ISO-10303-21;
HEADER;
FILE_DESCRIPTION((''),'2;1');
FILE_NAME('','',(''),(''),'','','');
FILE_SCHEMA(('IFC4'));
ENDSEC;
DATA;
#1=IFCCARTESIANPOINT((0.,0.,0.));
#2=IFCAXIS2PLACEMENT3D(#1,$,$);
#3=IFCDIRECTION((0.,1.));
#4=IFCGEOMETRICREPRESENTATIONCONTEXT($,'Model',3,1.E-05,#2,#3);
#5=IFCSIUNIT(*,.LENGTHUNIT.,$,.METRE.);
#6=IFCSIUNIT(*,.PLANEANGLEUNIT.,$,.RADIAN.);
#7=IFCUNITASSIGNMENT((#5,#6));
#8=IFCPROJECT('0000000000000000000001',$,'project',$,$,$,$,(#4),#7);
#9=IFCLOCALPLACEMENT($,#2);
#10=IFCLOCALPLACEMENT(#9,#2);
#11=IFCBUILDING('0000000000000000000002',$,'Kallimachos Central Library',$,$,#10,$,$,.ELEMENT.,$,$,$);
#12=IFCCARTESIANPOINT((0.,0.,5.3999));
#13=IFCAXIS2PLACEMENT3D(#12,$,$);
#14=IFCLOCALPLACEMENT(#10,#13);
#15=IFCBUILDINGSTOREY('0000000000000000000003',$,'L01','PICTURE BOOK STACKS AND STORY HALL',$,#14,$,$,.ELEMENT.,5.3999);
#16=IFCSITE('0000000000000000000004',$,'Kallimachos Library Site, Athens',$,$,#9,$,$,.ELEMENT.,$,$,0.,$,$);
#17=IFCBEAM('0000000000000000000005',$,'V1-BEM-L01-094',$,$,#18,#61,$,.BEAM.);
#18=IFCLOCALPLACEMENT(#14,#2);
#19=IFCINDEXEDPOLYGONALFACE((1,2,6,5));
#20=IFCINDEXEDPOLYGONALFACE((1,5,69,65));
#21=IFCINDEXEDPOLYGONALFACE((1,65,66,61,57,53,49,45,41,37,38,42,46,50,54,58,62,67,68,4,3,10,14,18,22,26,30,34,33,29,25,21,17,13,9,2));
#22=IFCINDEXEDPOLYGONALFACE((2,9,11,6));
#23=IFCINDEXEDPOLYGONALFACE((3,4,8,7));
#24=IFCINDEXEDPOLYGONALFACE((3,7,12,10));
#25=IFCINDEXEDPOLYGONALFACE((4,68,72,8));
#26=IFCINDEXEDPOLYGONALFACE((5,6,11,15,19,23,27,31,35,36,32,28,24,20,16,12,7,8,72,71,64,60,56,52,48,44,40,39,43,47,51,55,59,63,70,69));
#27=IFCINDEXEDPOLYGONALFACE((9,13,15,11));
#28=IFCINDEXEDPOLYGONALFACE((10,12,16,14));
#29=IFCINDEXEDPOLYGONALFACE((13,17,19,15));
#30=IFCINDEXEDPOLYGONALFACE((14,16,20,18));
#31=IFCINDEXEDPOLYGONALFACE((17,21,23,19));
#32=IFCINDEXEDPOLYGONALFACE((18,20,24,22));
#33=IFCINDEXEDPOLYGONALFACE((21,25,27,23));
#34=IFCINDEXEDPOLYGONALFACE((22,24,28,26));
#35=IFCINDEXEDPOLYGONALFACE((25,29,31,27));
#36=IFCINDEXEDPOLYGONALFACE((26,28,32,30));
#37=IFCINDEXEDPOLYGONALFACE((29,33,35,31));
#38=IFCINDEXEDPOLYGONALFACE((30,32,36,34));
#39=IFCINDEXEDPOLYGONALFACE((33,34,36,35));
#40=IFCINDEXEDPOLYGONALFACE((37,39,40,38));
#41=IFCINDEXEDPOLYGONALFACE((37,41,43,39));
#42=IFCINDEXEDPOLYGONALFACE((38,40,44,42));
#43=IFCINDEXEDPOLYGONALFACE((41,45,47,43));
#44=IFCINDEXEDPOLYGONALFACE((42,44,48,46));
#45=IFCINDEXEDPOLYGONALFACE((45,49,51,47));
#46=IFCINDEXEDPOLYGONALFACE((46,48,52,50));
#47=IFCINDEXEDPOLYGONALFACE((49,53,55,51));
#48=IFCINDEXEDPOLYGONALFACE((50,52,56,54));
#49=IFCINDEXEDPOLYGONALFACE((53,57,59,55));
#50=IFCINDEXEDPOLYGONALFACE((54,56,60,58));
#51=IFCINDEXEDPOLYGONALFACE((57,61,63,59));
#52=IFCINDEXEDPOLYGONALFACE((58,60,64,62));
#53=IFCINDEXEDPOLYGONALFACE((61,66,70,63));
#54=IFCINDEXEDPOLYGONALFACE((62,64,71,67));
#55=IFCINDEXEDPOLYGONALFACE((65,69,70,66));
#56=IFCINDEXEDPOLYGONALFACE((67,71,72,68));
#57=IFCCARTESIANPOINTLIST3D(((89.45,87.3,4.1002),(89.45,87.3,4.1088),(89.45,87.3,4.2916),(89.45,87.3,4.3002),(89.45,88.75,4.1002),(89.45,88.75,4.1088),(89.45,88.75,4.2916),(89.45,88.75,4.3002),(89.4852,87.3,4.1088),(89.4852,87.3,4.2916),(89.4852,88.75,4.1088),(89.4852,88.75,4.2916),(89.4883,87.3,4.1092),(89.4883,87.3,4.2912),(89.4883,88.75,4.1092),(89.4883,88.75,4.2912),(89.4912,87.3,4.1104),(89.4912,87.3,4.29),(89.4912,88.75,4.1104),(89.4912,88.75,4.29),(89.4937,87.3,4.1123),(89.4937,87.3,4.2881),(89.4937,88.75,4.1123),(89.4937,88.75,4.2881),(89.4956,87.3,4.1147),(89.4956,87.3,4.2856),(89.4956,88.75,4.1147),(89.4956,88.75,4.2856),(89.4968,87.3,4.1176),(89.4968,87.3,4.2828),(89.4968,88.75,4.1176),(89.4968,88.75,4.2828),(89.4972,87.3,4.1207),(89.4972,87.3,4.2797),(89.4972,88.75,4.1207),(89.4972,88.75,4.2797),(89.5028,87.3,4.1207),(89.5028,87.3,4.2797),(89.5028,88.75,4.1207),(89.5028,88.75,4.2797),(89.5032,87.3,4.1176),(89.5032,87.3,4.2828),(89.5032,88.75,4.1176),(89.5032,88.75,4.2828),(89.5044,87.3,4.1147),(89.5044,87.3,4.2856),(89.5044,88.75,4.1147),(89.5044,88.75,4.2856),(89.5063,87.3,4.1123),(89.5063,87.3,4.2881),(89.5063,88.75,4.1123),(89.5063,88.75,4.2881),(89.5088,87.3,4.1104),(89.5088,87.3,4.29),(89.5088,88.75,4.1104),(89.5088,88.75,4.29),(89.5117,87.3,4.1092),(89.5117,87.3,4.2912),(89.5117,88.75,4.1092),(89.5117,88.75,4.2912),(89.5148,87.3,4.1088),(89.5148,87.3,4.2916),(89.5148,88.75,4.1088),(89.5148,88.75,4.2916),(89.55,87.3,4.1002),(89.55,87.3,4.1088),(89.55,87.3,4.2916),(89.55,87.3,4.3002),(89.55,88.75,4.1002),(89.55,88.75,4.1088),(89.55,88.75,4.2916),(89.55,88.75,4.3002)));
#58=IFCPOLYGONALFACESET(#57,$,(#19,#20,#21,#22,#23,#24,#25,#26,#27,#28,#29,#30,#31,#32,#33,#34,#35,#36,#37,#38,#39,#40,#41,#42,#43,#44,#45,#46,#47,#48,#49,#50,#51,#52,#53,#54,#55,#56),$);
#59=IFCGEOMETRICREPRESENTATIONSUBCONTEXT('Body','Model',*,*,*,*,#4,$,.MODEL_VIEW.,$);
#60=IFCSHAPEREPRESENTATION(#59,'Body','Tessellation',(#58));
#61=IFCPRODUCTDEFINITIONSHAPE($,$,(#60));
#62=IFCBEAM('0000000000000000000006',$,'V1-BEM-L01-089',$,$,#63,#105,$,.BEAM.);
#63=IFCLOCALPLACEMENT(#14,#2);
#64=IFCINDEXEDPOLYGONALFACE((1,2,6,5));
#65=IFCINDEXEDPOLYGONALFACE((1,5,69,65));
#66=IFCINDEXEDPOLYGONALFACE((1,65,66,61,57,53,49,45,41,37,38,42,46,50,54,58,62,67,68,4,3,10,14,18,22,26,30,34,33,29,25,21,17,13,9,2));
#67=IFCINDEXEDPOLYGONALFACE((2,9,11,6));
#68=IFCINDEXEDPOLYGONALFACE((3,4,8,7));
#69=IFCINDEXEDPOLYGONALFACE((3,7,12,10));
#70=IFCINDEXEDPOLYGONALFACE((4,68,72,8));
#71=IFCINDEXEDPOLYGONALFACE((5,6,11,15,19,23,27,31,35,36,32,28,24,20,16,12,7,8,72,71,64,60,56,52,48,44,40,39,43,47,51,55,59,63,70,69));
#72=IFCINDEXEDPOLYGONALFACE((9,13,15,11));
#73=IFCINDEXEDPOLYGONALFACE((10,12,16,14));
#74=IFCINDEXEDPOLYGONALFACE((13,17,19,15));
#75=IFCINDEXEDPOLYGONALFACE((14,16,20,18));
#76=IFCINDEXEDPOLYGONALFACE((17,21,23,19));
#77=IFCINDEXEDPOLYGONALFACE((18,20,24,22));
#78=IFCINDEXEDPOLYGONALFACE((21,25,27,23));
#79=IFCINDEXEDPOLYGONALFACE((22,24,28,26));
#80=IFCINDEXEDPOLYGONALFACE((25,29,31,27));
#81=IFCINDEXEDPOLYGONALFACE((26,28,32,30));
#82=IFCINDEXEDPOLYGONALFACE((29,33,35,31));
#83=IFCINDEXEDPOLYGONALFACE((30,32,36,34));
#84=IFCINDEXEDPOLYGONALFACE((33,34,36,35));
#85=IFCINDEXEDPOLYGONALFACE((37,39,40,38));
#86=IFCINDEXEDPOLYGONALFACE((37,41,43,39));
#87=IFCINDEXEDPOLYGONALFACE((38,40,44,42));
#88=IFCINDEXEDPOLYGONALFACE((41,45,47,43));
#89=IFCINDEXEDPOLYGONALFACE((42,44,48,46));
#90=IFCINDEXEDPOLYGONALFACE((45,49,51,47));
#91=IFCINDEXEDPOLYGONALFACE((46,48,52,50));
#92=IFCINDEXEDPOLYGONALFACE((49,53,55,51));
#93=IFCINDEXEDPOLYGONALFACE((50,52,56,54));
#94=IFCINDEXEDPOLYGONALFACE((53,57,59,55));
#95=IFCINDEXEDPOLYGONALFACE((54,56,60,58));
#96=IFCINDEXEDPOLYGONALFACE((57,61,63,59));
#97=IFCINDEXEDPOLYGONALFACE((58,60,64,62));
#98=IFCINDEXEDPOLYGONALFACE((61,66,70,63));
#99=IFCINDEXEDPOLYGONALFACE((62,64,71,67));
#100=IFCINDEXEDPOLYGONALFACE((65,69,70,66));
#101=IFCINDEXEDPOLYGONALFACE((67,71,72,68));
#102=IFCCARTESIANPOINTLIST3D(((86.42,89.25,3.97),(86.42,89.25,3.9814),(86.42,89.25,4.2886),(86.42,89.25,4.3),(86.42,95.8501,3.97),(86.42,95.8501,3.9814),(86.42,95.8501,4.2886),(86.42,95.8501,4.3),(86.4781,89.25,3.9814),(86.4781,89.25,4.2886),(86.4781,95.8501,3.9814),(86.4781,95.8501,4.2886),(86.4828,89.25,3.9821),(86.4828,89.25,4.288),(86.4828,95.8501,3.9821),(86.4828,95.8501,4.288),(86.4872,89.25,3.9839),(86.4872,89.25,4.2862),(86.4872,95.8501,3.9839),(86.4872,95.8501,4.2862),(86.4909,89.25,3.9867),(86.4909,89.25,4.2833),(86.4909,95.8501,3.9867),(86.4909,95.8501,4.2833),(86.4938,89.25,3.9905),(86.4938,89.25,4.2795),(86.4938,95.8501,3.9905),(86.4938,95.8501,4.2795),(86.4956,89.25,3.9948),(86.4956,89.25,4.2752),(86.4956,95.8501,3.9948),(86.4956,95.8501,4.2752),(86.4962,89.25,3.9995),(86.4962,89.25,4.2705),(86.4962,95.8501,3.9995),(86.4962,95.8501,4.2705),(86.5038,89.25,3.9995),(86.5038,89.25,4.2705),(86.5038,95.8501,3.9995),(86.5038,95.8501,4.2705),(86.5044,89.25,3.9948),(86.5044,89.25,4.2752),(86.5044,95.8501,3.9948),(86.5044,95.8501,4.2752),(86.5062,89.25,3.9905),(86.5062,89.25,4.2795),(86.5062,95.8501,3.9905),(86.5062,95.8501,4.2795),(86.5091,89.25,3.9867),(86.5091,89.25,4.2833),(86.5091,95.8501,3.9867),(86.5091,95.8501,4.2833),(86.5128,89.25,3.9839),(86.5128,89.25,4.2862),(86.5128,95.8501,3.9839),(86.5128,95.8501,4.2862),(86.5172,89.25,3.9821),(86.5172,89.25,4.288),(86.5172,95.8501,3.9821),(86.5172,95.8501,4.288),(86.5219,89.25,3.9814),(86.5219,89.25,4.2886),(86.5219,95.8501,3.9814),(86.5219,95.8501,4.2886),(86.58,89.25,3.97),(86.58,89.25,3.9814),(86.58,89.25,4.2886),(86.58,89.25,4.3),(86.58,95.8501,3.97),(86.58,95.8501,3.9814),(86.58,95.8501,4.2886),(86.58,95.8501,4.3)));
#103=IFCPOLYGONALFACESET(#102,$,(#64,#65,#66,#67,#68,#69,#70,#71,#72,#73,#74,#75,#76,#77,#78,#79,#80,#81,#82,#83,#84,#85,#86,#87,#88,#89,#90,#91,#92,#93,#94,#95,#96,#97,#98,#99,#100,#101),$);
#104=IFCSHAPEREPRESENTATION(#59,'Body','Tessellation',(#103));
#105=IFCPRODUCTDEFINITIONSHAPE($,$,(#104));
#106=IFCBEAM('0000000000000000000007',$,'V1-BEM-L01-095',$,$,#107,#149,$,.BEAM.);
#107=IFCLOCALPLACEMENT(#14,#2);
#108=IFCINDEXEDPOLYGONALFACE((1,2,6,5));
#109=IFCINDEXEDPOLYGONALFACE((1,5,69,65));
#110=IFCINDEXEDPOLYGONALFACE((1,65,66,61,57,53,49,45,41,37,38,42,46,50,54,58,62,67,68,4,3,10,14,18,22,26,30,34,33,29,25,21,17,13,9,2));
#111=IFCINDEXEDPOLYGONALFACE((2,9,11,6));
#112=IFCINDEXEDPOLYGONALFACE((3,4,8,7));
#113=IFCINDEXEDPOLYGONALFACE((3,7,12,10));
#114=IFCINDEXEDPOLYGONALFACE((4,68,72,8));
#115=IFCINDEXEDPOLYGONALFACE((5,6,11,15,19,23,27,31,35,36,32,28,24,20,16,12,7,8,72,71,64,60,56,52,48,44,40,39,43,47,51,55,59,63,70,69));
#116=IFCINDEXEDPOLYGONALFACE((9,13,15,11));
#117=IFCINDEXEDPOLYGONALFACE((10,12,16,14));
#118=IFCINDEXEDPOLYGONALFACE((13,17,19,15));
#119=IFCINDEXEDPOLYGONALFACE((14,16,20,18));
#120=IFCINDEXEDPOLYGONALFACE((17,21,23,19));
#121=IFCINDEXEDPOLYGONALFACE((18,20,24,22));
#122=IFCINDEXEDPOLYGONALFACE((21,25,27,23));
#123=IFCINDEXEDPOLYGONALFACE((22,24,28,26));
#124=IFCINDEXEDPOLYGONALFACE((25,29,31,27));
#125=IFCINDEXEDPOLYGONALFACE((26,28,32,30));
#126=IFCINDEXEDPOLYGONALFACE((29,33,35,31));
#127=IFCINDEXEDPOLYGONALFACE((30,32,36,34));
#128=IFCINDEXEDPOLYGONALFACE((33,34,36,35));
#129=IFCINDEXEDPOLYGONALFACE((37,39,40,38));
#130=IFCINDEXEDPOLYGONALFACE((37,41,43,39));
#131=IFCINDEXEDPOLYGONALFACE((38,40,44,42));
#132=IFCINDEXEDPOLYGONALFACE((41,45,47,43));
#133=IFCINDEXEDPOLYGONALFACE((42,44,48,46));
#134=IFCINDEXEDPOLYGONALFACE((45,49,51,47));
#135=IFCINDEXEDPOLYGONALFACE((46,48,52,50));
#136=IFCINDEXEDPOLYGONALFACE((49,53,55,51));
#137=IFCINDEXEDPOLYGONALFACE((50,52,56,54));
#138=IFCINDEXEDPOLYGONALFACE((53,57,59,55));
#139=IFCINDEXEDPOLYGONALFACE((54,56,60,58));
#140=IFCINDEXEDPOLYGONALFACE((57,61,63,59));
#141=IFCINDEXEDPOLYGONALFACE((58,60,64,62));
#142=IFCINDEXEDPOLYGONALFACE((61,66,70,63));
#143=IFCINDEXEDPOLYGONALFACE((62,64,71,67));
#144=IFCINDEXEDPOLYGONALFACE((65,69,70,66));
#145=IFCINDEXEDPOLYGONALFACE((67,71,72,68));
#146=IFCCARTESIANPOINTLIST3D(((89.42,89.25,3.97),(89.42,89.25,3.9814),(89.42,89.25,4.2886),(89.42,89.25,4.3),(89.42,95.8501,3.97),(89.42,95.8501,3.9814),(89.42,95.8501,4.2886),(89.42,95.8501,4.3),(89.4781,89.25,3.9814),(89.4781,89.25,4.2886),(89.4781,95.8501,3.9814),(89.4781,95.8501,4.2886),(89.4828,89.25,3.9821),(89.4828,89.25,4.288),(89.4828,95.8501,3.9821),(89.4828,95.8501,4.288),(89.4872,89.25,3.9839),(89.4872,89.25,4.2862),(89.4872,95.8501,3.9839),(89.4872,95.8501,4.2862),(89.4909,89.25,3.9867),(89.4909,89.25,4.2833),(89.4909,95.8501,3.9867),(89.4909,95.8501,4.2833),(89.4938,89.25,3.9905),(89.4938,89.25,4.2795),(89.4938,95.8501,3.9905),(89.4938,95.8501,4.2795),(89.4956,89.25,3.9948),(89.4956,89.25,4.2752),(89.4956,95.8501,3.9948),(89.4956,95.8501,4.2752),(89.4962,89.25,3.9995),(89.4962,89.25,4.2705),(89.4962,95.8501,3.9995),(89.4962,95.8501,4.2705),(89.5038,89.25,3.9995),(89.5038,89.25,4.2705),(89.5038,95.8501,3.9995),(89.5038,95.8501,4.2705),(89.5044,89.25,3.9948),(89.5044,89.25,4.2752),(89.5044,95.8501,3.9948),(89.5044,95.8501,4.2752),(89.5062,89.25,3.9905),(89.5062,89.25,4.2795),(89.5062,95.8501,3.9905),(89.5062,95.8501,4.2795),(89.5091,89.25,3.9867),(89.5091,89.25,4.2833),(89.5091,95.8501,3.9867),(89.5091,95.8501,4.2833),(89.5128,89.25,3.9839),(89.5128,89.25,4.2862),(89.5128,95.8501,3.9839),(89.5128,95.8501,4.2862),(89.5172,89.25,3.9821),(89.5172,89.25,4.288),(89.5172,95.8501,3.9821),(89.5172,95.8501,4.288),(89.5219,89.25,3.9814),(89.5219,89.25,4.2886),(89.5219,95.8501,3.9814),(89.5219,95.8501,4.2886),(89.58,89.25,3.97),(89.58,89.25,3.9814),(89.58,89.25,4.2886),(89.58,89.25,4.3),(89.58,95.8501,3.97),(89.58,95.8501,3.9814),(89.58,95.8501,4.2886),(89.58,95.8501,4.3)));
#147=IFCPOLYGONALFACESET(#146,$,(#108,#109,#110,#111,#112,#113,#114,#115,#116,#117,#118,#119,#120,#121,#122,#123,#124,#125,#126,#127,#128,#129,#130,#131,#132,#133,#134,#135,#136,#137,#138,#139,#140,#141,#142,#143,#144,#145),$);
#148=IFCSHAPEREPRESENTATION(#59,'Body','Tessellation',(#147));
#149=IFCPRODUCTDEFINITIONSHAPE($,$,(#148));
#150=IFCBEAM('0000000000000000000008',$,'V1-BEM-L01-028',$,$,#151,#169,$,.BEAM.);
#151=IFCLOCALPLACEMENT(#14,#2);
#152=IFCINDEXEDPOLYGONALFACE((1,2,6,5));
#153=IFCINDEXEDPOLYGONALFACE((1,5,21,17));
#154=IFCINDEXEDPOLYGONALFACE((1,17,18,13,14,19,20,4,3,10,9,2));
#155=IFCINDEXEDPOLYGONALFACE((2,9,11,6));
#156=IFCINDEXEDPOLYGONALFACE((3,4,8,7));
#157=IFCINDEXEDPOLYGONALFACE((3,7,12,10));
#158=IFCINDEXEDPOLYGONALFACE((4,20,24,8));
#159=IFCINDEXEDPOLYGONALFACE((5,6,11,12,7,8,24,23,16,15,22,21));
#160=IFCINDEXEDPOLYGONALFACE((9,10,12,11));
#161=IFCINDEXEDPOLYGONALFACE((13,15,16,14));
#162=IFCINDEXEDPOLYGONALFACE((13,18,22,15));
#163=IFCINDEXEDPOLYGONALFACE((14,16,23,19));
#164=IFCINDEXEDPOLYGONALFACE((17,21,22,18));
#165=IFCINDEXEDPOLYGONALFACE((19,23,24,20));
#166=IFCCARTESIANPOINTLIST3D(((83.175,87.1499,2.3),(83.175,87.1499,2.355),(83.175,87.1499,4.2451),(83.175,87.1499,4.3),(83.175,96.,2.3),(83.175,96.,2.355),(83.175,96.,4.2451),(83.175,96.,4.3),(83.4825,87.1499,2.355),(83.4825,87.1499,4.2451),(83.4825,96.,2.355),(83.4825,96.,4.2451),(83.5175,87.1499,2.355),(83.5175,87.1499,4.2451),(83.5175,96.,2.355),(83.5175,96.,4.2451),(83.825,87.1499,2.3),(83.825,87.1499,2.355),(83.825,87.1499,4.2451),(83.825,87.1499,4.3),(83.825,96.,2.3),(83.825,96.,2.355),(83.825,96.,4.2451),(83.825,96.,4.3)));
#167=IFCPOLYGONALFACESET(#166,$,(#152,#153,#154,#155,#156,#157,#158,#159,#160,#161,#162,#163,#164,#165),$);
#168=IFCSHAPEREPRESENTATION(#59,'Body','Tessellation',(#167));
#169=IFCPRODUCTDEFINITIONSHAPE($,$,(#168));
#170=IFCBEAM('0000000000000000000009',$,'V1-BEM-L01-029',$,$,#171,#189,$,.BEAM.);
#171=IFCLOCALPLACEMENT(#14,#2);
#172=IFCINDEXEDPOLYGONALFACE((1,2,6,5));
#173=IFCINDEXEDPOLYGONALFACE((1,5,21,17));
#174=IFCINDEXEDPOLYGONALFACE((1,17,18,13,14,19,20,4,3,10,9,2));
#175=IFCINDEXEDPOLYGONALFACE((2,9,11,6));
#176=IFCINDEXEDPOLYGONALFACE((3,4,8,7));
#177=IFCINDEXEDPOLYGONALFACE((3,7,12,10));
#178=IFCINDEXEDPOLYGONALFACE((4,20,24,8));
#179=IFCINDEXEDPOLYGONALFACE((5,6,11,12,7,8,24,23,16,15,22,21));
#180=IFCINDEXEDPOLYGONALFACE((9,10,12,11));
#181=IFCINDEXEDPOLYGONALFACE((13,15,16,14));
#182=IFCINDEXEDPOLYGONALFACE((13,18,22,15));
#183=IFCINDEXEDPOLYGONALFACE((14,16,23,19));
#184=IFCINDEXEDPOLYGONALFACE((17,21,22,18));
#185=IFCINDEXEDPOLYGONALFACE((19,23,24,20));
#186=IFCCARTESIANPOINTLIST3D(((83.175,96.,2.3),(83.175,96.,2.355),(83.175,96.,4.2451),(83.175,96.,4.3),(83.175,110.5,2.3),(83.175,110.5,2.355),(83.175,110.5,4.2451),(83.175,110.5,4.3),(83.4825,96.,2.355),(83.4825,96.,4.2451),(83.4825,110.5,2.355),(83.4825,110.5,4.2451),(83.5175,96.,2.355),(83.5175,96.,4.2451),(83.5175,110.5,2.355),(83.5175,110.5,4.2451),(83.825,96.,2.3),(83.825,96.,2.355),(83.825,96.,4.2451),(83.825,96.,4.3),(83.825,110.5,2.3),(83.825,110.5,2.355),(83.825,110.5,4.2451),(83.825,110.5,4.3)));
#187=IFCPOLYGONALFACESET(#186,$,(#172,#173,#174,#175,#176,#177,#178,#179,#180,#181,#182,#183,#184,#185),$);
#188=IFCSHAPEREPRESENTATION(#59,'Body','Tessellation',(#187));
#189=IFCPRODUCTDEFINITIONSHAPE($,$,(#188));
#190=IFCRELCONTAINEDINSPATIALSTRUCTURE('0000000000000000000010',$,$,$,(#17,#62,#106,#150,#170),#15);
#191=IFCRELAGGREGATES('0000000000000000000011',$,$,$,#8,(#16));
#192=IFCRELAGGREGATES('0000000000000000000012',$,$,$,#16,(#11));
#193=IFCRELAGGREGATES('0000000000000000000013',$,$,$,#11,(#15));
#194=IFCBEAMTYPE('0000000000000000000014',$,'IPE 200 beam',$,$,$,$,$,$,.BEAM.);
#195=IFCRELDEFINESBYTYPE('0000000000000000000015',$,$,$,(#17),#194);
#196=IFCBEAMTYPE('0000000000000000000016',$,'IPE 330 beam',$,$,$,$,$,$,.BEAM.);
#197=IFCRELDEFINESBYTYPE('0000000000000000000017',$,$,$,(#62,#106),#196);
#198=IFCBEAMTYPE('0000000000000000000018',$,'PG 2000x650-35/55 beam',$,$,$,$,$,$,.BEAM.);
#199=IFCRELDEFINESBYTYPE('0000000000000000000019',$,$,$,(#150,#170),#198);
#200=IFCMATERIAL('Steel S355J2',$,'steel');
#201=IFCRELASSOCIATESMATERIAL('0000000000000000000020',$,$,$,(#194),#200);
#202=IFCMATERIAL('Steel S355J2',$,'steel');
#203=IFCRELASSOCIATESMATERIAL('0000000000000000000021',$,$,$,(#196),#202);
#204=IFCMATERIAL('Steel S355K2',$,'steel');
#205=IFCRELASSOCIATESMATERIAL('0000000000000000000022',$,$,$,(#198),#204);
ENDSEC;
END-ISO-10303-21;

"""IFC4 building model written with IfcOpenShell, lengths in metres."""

from ifc_helpers import new_model, si_unit, direction, frame, origin, origin_2d, place, context, subcontext, project, spatial, i_section, extrude, material, material_profile, profile_set, type_object, element, save


model = new_model("IFC4")

# Units and contexts
model_context = context("Model", 3, precision=1e-05, world=origin(), true_north=direction((0.0, 1.0)))
body_context = subcontext(model_context, "Body", "Model", "MODEL_VIEW")
ifc_project = project(units=[si_unit("LENGTHUNIT", "METRE"), si_unit("PLANEANGLEUNIT", "RADIAN")], contexts=[model_context])

# Site, building, storey
site_placement = place(None, origin())
site = spatial("IfcSite", under=ifc_project, at=site_placement, Name="Kallimachos Library Site, Athens", CompositionType="ELEMENT", RefElevation=0.0)
building_placement = place(site_placement, origin())
building = spatial("IfcBuilding", under=site, at=building_placement, Name="Kallimachos Central Library", CompositionType="ELEMENT")
storey_placement = place(building_placement, frame((0.0, 0.0, 5.3999)))
storey = spatial("IfcBuildingStorey", under=building, at=storey_placement, Name="L01", Description="PICTURE BOOK STACKS AND STORY HALL", CompositionType="ELEMENT", Elevation=5.3999)

# Beams
ifc_material_1 = material(Name="Steel S355J2", Category="steel")
ifc_material_profile_1 = material_profile(ifc_material_1, i_section(OverallWidth=0.1001, OverallDepth=0.2, WebThickness=0.0056, FlangeThickness=0.0085, FilletRadius=0.012, at=origin_2d()), Name="IPE 200")
ifc_profile_set_1 = profile_set([ifc_material_profile_1], Name="Steel S355J2")
beam_type_1 = type_object("IfcBeamType", Name="IPE 200 beam", PredefinedType="BEAM", material=ifc_profile_set_1)
for number, where, z_axis, x_axis, name in (
    (1, (89.5, 87.3, 4.2002), (0.0, 1.0, 0.0), (-1.0, 0.0, 0.0), "V1-BEM-L01-094"),
):
    element("IfcBeam", number, at=place(storey_placement, frame(where, z_axis=z_axis, x_axis=x_axis)), inside=storey, type_object=beam_type_1, Name=name, PredefinedType="BEAM", context=body_context, shape_type="SweptSolid", body=[
        extrude(i_section(OverallWidth=0.1001, OverallDepth=0.2, WebThickness=0.0056, FlangeThickness=0.0085, FilletRadius=0.012, at=origin_2d()), origin(), (0.0, 0.0, 1.0), 1.45),
    ])
ifc_material_2 = material(Name="Steel S355J2", Category="steel")
ifc_material_profile_2 = material_profile(ifc_material_2, i_section(OverallWidth=0.1599, OverallDepth=0.3301, WebThickness=0.0076, FlangeThickness=0.0115, FilletRadius=0.0181, at=origin_2d()), Name="IPE 330")
ifc_profile_set_2 = profile_set([ifc_material_profile_2], Name="Steel S355J2")
beam_type_2 = type_object("IfcBeamType", Name="IPE 330 beam", PredefinedType="BEAM", material=ifc_profile_set_2)
for number, where, z_axis, x_axis, name in (
    (2, (86.5, 89.25, 4.135), (0.0, 1.0, 0.0), (-1.0, 0.0, 0.0), "V1-BEM-L01-089"),
    (3, (89.5, 89.25, 4.135), (0.0, 1.0, 0.0), (-1.0, 0.0, 0.0), "V1-BEM-L01-095"),
):
    element("IfcBeam", number, at=place(storey_placement, frame(where, z_axis=z_axis, x_axis=x_axis)), inside=storey, type_object=beam_type_2, Name=name, PredefinedType="BEAM", context=body_context, shape_type="SweptSolid", body=[
        extrude(i_section(OverallWidth=0.1599, OverallDepth=0.3301, WebThickness=0.0076, FlangeThickness=0.0115, FilletRadius=0.0181, at=origin_2d()), origin(), (0.0, 0.0, 1.0), 6.6001),
    ])
ifc_material_3 = material(Name="Steel S355K2", Category="steel")
ifc_material_profile_3 = material_profile(ifc_material_3, i_section(OverallWidth=0.6499, OverallDepth=2.0, WebThickness=0.0349, FlangeThickness=0.0549, at=origin_2d()), Name="PG 2000x650-35/55")
ifc_profile_set_3 = profile_set([ifc_material_profile_3], Name="Steel S355K2")
beam_type_3 = type_object("IfcBeamType", Name="PG 2000x650-35/55 beam", PredefinedType="BEAM", material=ifc_profile_set_3)
beam_1_placement = place(storey_placement, frame((83.5, 87.1499, 3.3), z_axis=(0.0, 1.0, 0.0), x_axis=(-1.0, 0.0, 0.0)))
element("IfcBeam", 4, at=beam_1_placement, inside=storey, type_object=beam_type_3, Name="V1-BEM-L01-028", PredefinedType="BEAM", context=body_context, shape_type="SweptSolid", body=[
    extrude(i_section(OverallWidth=0.6499, OverallDepth=2.0, WebThickness=0.0349, FlangeThickness=0.0549, at=origin_2d()), origin(), (0.0, 0.0, 1.0), 8.8501),
])
beam_2_placement = place(storey_placement, frame((83.5, 96.0, 3.3), z_axis=(0.0, 1.0, 0.0), x_axis=(-1.0, 0.0, 0.0)))
element("IfcBeam", 5, at=beam_2_placement, inside=storey, type_object=beam_type_3, Name="V1-BEM-L01-029", PredefinedType="BEAM", context=body_context, shape_type="SweptSolid", body=[
    extrude(i_section(OverallWidth=0.6499, OverallDepth=2.0, WebThickness=0.0349, FlangeThickness=0.0549, at=origin_2d()), origin(), (0.0, 0.0, 1.0), 14.5),
])

save(model, "model.ifc")
